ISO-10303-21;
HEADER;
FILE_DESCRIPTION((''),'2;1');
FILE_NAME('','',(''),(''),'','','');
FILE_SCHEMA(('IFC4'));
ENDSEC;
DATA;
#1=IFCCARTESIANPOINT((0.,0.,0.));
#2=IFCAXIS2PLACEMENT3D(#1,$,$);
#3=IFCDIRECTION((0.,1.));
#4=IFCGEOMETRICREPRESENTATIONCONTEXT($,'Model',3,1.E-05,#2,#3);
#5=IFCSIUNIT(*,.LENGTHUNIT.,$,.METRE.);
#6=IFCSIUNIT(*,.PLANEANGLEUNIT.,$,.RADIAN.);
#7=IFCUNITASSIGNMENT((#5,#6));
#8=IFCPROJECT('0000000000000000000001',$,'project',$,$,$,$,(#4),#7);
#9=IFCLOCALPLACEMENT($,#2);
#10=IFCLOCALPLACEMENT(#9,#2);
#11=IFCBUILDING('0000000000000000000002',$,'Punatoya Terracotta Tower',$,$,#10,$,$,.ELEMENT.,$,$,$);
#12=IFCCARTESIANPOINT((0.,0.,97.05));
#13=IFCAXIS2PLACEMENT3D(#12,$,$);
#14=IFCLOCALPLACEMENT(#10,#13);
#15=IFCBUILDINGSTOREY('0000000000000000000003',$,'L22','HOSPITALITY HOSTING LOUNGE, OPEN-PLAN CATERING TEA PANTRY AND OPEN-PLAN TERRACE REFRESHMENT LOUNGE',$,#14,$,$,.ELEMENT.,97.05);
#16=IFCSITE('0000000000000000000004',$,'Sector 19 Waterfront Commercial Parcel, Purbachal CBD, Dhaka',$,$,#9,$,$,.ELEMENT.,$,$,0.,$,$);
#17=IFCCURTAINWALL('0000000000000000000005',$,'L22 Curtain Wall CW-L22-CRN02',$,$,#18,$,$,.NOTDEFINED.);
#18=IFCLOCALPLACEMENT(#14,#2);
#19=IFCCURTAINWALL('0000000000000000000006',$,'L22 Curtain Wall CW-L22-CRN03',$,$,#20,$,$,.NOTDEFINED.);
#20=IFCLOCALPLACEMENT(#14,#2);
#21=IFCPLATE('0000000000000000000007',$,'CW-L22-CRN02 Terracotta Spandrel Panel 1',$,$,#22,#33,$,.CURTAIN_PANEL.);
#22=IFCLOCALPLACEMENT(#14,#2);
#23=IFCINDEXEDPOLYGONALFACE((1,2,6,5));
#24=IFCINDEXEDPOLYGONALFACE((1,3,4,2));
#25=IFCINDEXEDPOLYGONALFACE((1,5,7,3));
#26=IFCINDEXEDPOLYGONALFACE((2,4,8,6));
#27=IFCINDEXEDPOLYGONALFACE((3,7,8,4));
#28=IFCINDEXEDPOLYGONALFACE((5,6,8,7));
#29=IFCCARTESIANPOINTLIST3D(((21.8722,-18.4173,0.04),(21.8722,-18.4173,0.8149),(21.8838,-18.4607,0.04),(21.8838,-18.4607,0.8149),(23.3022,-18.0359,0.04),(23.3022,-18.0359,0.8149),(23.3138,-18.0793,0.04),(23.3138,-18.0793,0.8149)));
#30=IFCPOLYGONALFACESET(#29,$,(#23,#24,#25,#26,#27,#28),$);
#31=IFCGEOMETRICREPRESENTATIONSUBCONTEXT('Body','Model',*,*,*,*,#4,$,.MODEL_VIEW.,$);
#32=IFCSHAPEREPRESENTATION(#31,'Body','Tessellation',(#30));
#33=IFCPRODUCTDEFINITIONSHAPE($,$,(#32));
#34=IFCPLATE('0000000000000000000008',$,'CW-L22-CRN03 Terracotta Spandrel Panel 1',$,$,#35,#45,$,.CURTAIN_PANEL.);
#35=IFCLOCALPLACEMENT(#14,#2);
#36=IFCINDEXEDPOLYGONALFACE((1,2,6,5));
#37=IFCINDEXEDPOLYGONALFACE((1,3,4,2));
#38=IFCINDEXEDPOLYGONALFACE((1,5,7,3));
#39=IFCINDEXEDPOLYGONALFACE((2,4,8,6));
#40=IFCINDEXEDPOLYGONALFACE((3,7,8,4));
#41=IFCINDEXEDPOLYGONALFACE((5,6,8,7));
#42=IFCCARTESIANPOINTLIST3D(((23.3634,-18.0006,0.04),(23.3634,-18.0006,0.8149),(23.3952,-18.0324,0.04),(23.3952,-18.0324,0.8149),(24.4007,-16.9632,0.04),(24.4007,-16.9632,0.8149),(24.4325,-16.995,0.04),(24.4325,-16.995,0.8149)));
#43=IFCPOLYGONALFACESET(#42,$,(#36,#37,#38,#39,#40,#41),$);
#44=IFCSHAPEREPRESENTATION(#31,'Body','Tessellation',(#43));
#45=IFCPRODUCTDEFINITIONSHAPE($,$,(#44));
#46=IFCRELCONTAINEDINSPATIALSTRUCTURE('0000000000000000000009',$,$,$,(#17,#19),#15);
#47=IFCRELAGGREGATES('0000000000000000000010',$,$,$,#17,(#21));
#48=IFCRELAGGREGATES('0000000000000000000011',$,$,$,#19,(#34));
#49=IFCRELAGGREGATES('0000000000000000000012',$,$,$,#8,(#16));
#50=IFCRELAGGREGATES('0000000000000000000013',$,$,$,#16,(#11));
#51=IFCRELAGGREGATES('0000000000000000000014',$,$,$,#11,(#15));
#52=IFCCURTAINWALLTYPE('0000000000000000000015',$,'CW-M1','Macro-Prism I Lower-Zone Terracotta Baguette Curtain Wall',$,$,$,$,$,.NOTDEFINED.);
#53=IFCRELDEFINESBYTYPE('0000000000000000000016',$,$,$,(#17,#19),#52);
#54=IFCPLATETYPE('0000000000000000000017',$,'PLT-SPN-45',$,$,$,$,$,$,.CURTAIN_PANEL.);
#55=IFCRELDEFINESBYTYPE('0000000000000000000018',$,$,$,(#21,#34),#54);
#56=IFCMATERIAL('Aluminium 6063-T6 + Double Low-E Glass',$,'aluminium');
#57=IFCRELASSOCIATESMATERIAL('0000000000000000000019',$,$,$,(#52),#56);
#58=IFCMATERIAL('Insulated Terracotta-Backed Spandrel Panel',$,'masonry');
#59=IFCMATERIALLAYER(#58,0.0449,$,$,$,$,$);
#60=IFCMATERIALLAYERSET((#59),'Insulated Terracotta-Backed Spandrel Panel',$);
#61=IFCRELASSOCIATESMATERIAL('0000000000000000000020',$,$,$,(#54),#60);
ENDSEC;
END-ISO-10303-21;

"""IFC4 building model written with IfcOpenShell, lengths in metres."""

from ifc_helpers import new_model, si_unit, direction, frame, origin, origin_2d, place, context, subcontext, project, spatial, rectangle, extrude, material, layer, layer_set, type_object, element, aggregate, save


model = new_model("IFC4")

# Units and contexts
model_context = context("Model", 3, precision=1e-05, world=origin(), true_north=direction((0.0, 1.0)))
body_context = subcontext(model_context, "Body", "Model", "MODEL_VIEW")
ifc_project = project(units=[si_unit("LENGTHUNIT", "METRE"), si_unit("PLANEANGLEUNIT", "RADIAN")], contexts=[model_context])

# Site, building, storey
site_placement = place(None, origin())
site = spatial("IfcSite", under=ifc_project, at=site_placement, Name="Sector 19 Waterfront Commercial Parcel, Purbachal CBD, Dhaka", CompositionType="ELEMENT", RefElevation=0.0)
building_placement = place(site_placement, origin())
building = spatial("IfcBuilding", under=site, at=building_placement, Name="Punatoya Terracotta Tower", CompositionType="ELEMENT")
storey_placement = place(building_placement, frame((0.0, 0.0, 97.05)))
storey = spatial("IfcBuildingStorey", under=building, at=storey_placement, Name="L22", Description="HOSPITALITY HOSTING LOUNGE, OPEN-PLAN CATERING TEA PANTRY AND OPEN-PLAN TERRACE REFRESHMENT LOUNGE", CompositionType="ELEMENT", Elevation=97.05)

# Curtain walls
ifc_material_1 = material(Name="Aluminium 6063-T6 + Double Low-E Glass", Category="aluminium")
curtain_wall_type = type_object("IfcCurtainWallType", Name="CW-M1", Description="Macro-Prism I Lower-Zone Terracotta Baguette Curtain Wall", PredefinedType="NOTDEFINED", material=ifc_material_1)
curtain_wall_1_placement = place(storey_placement, origin())
curtain_wall_1 = element("IfcCurtainWall", 1, at=curtain_wall_1_placement, inside=storey, type_object=curtain_wall_type, Name="L22 Curtain Wall CW-L22-CRN02", PredefinedType="NOTDEFINED")
curtain_wall_2_placement = place(storey_placement, origin())
curtain_wall_2 = element("IfcCurtainWall", 2, at=curtain_wall_2_placement, inside=storey, type_object=curtain_wall_type, Name="L22 Curtain Wall CW-L22-CRN03", PredefinedType="NOTDEFINED")

# Plates
ifc_material_2 = material(Name="Insulated Terracotta-Backed Spandrel Panel", Category="masonry")
ifc_layer_1 = layer(ifc_material_2, 0.0449)
ifc_layer_set_1 = layer_set([ifc_layer_1], Name="Insulated Terracotta-Backed Spandrel Panel")
plate_type_1 = type_object("IfcPlateType", Name="PLT-SPN-45", PredefinedType="CURTAIN_PANEL", material=ifc_layer_set_1)
plate_1_placement = place(storey_placement, frame((22.593, -18.2483, 0.04), z_axis=(0.0, 0.0, 1.0), x_axis=(0.966214, 0.257742, 0.0)))
plate_1 = element("IfcPlate", 3, at=plate_1_placement, type_object=plate_type_1, Name="CW-L22-CRN02 Terracotta Spandrel Panel 1", PredefinedType="CURTAIN_PANEL", context=body_context, shape_type="SweptSolid", body=[
    extrude(rectangle(XDim=1.48, YDim=0.0449, at=origin_2d()), origin(), (0.0, 0.0, 1.0), 0.7749),
])
aggregate(curtain_wall_1, [plate_1])
plate_2_placement = place(storey_placement, frame((23.8979, -17.4978, 0.04), z_axis=(0.0, 0.0, 1.0), x_axis=(0.707107, 0.707107, 0.0)))
plate_2 = element("IfcPlate", 4, at=plate_2_placement, type_object=plate_type_1, Name="CW-L22-CRN03 Terracotta Spandrel Panel 1", PredefinedType="CURTAIN_PANEL", context=body_context, shape_type="SweptSolid", body=[
    extrude(rectangle(XDim=1.467, YDim=0.0449, at=origin_2d()), origin(), (0.0, 0.0, 1.0), 0.7749),
])
aggregate(curtain_wall_2, [plate_2])

save(model, "model.ifc")
